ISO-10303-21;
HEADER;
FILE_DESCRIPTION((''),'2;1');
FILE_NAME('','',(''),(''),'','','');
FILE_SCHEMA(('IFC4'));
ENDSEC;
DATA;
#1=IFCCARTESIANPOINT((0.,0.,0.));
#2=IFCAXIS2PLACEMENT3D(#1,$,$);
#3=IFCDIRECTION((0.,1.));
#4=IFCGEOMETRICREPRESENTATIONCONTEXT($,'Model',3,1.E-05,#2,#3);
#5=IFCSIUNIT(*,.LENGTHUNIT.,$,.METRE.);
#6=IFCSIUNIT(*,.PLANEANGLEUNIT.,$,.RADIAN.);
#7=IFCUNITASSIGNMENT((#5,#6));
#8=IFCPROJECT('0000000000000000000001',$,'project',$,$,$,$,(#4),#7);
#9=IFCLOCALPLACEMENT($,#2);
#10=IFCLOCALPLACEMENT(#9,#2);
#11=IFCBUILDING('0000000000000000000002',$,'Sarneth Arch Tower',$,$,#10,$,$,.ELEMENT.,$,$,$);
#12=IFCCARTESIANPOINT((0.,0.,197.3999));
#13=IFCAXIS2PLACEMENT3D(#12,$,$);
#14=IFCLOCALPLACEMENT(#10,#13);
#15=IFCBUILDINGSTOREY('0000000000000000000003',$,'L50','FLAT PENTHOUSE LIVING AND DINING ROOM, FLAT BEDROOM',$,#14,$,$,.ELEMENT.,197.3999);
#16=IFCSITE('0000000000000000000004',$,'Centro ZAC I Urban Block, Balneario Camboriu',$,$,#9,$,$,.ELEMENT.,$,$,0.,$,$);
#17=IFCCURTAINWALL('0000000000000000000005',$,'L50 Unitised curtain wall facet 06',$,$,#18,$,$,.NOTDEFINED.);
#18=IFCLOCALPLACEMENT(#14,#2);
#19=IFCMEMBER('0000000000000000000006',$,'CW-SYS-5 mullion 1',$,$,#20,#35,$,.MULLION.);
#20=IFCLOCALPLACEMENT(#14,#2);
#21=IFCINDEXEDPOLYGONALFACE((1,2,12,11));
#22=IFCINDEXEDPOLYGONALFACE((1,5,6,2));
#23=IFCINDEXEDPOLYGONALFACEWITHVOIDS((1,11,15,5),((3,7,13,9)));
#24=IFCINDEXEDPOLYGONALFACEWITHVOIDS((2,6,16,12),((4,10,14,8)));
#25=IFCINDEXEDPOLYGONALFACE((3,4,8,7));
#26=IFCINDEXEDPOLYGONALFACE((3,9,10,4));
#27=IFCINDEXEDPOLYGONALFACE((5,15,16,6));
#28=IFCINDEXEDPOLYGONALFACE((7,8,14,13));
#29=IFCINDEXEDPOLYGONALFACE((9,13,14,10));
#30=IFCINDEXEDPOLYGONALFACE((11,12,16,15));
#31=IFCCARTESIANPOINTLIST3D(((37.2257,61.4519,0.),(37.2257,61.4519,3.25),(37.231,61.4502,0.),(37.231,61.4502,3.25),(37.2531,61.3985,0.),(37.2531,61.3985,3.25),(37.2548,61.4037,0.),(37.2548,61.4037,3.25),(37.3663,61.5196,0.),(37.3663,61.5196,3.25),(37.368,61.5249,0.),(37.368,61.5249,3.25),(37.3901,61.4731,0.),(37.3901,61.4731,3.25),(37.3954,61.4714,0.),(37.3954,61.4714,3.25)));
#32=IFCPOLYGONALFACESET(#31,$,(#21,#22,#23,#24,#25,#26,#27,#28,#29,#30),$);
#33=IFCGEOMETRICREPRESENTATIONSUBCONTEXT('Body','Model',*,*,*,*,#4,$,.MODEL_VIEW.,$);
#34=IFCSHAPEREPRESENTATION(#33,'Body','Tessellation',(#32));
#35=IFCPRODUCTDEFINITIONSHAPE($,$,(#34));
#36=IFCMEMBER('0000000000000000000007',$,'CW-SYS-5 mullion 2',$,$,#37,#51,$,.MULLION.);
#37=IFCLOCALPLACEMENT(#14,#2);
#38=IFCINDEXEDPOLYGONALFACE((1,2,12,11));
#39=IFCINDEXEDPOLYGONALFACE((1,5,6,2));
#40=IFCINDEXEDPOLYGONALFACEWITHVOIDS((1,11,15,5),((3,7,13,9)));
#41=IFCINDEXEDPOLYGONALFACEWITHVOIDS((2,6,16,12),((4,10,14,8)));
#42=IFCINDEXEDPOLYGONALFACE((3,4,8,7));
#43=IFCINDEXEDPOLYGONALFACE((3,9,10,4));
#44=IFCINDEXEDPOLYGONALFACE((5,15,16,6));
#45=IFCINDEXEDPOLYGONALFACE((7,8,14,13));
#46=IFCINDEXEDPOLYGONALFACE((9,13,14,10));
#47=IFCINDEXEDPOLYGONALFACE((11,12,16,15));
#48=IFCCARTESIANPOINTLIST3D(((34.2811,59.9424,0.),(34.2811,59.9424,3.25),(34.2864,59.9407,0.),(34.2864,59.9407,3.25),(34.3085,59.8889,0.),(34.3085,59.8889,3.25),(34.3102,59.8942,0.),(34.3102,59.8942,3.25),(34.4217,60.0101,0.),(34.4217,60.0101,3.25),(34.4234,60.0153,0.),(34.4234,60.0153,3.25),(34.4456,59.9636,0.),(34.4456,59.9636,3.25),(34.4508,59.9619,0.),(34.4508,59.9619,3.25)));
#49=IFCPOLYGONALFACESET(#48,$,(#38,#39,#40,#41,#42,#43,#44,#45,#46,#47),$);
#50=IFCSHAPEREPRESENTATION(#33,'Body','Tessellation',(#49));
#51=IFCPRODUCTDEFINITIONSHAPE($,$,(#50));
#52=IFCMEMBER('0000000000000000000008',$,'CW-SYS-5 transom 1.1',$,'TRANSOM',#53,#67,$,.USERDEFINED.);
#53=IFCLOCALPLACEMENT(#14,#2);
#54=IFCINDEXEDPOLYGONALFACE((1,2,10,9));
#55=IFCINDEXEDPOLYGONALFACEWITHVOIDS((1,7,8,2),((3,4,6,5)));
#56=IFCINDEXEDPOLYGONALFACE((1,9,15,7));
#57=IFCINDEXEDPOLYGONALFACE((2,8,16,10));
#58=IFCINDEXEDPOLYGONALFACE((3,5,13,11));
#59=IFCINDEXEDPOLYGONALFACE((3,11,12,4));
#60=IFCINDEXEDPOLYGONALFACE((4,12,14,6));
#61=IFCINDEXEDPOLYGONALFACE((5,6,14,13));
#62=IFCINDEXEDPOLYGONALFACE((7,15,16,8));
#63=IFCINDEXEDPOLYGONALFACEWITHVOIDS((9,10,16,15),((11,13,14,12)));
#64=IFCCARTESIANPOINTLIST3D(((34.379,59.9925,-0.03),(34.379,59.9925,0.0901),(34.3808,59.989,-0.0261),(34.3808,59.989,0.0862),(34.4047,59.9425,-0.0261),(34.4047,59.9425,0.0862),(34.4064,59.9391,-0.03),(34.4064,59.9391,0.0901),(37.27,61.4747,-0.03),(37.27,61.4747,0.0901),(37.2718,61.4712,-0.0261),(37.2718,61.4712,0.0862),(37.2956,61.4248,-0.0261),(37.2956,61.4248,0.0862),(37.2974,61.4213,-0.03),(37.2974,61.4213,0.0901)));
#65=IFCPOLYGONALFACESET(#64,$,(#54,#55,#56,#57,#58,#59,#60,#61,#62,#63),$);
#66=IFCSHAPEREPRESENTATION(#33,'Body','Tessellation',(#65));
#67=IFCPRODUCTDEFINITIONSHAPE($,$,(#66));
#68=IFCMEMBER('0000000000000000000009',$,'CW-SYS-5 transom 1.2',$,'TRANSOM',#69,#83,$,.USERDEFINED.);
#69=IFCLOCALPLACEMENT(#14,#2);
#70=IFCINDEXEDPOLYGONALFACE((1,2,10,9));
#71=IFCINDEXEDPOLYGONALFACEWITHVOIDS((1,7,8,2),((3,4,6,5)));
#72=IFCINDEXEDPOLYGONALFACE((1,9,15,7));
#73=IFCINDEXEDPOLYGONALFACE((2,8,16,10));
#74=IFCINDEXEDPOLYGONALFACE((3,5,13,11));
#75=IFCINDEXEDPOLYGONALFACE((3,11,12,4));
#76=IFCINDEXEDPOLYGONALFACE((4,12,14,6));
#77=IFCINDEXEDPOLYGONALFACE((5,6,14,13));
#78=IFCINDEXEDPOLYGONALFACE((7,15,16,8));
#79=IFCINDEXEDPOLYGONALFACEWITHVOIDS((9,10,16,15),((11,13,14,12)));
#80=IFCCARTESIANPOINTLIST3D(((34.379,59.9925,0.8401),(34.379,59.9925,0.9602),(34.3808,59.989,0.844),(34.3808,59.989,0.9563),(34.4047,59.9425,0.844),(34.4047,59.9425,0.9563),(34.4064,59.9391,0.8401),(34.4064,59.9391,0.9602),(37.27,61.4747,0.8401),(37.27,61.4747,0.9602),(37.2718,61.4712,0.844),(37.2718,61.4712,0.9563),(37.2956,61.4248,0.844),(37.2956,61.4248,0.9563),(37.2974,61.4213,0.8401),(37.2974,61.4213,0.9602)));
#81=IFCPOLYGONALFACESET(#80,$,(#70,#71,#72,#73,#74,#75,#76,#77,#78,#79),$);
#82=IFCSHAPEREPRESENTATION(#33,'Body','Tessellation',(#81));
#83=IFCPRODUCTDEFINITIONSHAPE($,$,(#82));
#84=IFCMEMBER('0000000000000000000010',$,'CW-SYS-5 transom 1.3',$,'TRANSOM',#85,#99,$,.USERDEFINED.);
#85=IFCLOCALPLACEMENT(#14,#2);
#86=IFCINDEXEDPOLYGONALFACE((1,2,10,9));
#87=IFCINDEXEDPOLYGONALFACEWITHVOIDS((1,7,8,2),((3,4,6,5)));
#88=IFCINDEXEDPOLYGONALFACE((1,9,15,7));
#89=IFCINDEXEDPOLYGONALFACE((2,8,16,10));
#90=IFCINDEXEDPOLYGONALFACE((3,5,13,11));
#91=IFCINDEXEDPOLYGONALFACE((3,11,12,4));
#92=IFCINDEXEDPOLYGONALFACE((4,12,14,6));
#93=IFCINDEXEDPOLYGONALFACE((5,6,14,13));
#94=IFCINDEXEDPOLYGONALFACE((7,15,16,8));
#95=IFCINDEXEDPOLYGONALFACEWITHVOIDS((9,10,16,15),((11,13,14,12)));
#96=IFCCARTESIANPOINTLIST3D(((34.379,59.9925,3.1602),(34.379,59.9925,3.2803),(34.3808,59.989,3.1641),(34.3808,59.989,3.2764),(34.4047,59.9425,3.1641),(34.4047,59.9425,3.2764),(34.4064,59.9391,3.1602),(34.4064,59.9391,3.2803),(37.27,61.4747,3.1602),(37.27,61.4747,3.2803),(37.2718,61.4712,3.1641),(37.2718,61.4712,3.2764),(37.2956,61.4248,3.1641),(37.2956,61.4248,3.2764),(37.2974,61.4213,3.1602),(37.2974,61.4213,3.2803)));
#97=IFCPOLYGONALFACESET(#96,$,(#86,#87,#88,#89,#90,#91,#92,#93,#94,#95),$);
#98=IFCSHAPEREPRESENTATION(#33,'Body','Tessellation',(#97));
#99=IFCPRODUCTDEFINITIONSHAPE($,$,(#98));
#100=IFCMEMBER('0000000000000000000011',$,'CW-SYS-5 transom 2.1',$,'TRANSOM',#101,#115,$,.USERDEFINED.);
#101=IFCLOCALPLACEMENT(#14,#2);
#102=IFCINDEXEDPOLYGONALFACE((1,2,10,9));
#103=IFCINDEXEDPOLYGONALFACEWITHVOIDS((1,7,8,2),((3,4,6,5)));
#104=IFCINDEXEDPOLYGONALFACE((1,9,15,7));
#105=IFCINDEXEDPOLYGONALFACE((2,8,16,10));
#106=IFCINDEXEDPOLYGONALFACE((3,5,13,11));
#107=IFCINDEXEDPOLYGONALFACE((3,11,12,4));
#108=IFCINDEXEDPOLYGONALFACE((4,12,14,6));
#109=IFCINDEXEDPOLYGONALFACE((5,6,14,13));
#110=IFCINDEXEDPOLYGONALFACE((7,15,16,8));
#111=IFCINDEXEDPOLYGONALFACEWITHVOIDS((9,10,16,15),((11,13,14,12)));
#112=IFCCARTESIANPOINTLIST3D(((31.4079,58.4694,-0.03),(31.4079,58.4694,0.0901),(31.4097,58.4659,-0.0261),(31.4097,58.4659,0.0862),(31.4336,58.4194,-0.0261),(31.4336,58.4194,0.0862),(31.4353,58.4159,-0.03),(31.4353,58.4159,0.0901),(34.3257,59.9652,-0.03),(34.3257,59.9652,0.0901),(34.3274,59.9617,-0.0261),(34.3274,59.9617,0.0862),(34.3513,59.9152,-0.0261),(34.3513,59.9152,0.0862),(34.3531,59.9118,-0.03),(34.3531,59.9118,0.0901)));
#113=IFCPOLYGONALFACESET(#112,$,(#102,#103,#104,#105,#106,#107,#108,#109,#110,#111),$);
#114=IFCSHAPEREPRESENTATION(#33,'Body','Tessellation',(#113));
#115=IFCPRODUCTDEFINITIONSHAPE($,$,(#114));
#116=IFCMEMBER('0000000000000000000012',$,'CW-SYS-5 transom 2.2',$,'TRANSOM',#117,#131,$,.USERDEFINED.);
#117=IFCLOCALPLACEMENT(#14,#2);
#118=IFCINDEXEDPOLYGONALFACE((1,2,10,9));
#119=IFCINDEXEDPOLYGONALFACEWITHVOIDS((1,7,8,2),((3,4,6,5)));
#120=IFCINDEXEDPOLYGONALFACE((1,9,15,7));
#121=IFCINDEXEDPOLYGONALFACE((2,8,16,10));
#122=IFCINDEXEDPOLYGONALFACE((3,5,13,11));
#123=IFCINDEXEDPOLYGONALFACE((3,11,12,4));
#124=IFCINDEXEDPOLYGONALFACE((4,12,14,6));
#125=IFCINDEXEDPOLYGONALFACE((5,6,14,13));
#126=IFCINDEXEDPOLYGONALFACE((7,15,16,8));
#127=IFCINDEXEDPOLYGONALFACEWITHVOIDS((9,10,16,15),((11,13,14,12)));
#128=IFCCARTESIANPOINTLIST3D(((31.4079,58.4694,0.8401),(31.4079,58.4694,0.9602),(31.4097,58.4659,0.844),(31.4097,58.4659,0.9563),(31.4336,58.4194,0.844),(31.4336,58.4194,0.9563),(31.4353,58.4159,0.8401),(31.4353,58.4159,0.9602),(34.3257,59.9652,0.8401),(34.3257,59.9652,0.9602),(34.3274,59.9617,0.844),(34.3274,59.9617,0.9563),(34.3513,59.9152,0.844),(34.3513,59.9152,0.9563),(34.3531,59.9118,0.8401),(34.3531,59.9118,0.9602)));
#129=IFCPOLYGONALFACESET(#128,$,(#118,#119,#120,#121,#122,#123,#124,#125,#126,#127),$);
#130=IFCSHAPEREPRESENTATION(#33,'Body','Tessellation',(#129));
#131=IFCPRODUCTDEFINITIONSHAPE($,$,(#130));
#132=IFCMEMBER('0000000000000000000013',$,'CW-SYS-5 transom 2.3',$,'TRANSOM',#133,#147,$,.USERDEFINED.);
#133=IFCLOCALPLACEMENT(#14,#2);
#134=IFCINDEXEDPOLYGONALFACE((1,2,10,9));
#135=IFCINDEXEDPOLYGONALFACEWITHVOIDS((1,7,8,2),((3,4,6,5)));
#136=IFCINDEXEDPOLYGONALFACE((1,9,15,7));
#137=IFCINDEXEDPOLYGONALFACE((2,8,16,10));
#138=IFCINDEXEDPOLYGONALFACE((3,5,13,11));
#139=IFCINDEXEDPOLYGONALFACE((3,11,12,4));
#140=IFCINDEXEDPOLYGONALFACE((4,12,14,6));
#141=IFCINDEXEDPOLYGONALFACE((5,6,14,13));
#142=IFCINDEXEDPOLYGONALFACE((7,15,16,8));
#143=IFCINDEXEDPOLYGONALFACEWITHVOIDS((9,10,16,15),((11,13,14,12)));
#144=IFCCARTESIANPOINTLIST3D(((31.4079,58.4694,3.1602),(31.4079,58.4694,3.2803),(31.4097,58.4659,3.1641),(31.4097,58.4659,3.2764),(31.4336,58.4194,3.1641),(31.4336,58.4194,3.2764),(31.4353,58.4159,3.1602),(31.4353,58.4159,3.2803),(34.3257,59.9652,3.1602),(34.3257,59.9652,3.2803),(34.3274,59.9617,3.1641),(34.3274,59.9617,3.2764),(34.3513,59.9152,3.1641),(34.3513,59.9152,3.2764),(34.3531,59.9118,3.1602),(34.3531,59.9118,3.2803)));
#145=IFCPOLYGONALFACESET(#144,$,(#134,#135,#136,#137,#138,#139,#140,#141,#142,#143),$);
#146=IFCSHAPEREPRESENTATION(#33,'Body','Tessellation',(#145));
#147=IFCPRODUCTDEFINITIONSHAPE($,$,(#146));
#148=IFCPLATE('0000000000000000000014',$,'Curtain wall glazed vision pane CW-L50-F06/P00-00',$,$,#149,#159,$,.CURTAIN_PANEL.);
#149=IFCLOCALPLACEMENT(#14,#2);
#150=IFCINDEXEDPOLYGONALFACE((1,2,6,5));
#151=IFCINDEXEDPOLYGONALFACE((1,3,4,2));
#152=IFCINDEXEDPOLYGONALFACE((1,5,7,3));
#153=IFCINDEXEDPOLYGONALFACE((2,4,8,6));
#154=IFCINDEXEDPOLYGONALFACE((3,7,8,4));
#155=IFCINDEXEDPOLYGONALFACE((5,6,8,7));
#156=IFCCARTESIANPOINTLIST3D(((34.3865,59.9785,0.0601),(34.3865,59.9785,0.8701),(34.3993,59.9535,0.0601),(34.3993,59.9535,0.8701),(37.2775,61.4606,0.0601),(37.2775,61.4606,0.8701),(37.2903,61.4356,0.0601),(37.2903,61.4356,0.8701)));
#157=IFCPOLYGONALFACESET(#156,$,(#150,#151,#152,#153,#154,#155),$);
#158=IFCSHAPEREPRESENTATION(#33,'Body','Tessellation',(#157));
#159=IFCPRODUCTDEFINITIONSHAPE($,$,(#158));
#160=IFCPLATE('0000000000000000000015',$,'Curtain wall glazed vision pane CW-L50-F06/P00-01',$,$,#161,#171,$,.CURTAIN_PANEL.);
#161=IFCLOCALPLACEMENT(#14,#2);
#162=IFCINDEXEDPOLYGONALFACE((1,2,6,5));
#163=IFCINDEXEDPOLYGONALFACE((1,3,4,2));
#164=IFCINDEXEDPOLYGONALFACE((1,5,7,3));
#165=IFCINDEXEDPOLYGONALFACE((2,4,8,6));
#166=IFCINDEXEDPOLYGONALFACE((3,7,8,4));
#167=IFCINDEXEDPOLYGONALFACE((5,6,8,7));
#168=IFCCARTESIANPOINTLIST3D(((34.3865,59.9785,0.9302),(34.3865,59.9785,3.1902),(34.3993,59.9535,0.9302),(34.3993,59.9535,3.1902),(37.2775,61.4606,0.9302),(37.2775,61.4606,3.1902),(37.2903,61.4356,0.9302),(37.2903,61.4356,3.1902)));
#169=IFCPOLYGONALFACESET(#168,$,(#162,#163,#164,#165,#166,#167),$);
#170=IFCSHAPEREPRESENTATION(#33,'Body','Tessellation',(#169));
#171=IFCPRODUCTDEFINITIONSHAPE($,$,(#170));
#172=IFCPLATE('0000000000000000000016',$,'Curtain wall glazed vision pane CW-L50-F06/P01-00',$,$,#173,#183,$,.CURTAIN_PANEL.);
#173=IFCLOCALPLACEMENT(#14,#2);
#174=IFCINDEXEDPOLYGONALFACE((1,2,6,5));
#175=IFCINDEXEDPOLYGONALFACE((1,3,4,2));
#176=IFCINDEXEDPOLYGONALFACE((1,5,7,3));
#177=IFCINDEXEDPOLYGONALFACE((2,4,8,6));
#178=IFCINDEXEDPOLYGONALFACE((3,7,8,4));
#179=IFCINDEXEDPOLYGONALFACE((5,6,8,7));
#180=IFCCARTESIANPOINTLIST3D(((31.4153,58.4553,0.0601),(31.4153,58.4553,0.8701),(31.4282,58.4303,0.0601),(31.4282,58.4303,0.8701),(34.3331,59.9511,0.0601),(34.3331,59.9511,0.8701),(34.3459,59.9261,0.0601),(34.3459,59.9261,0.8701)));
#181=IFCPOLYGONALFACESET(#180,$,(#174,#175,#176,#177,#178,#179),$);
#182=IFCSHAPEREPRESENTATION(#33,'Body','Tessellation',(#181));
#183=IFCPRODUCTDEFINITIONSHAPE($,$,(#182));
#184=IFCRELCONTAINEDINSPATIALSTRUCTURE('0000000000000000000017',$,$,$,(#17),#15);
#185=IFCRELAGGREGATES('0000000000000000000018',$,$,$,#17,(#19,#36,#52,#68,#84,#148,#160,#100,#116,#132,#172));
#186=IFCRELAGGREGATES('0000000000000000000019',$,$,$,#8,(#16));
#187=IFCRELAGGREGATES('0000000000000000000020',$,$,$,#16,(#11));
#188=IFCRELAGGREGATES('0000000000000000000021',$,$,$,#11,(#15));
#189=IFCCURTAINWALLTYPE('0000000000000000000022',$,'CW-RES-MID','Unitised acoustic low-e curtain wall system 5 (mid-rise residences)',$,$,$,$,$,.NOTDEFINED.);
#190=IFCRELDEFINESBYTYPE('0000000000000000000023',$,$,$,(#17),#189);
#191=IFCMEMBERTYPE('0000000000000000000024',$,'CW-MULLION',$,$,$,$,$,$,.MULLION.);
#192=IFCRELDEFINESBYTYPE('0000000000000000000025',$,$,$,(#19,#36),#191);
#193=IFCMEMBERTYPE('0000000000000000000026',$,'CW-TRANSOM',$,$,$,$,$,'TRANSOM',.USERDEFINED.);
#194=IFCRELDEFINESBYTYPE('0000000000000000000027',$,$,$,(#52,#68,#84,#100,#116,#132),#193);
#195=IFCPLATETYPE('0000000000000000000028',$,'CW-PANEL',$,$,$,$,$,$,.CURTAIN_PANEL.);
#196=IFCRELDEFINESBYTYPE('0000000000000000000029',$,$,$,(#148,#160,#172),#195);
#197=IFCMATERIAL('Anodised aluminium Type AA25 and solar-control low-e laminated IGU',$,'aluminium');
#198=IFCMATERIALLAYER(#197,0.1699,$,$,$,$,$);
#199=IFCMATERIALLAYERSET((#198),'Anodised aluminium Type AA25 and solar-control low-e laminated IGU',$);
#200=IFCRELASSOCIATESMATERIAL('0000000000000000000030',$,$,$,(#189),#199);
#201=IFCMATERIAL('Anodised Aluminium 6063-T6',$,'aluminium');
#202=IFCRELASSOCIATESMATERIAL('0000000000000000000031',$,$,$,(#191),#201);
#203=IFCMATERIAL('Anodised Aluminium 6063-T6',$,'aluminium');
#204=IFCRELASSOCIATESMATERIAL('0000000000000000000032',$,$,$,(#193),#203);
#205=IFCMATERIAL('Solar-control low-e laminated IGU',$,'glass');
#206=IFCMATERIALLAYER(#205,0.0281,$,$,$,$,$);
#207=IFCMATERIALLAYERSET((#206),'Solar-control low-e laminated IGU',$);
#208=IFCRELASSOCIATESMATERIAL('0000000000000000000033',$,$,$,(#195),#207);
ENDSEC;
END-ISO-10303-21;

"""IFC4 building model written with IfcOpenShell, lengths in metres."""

from ifc_helpers import new_model, si_unit, direction, frame, origin, origin_2d, place, context, subcontext, project, spatial, rectangle, hollow_rectangle, extrude, material, layer, layer_set, material_profile, profile_set, type_object, element, aggregate, save


model = new_model("IFC4")

# Units and contexts
model_context = context("Model", 3, precision=1e-05, world=origin(), true_north=direction((0.0, 1.0)))
body_context = subcontext(model_context, "Body", "Model", "MODEL_VIEW")
ifc_project = project(units=[si_unit("LENGTHUNIT", "METRE"), si_unit("PLANEANGLEUNIT", "RADIAN")], contexts=[model_context])

# Site, building, storey
site_placement = place(None, origin())
site = spatial("IfcSite", under=ifc_project, at=site_placement, Name="Centro ZAC I Urban Block, Balneario Camboriu", CompositionType="ELEMENT", RefElevation=0.0)
building_placement = place(site_placement, origin())
building = spatial("IfcBuilding", under=site, at=building_placement, Name="Sarneth Arch Tower", CompositionType="ELEMENT")
storey_placement = place(building_placement, frame((0.0, 0.0, 197.3999)))
storey = spatial("IfcBuildingStorey", under=building, at=storey_placement, Name="L50", Description="FLAT PENTHOUSE LIVING AND DINING ROOM, FLAT BEDROOM", CompositionType="ELEMENT", Elevation=197.3999)

# Curtain wall, members, plates
ifc_material_1 = material(Name="Anodised aluminium Type AA25 and solar-control low-e laminated IGU", Category="aluminium")
ifc_layer_1 = layer(ifc_material_1, 0.1699)
ifc_layer_set_1 = layer_set([ifc_layer_1], Name="Anodised aluminium Type AA25 and solar-control low-e laminated IGU")
curtain_wall_type = type_object("IfcCurtainWallType", Name="CW-RES-MID", Description="Unitised acoustic low-e curtain wall system 5 (mid-rise residences)", PredefinedType="NOTDEFINED", material=ifc_layer_set_1)
curtain_wall_placement = place(storey_placement, origin())
curtain_wall = element("IfcCurtainWall", 1, at=curtain_wall_placement, inside=storey, type_object=curtain_wall_type, Name="L50 Unitised curtain wall facet 06", PredefinedType="NOTDEFINED")
ifc_material_2 = material(Name="Anodised Aluminium 6063-T6", Category="aluminium")
ifc_material_profile_1 = material_profile(ifc_material_2, hollow_rectangle(XDim=0.0601, YDim=0.1599, WallThickness=0.0039, at=origin_2d()), Name="AL-MULL-160x60x4")
ifc_profile_set_1 = profile_set([ifc_material_profile_1], Name="Anodised Aluminium 6063-T6")
member_type_1 = type_object("IfcMemberType", Name="CW-MULLION", PredefinedType="MULLION", material=ifc_profile_set_1)
member_1_placement = place(storey_placement, frame((37.3105, 61.4617, 0.0), z_axis=(0.0, 0.0, 1.0), x_axis=(0.456208, -0.889873, 0.0)))
member_1 = element("IfcMember", 2, at=member_1_placement, type_object=member_type_1, Name="CW-SYS-5 mullion 1", PredefinedType="MULLION", context=body_context, shape_type="SweptSolid", body=[
    extrude(hollow_rectangle(XDim=0.0601, YDim=0.1599, WallThickness=0.0039, at=origin_2d()), origin(), (0.0, 0.0, 1.0), 3.25),
])
member_2_placement = place(storey_placement, frame((34.366, 59.9521, 0.0), z_axis=(0.0, 0.0, 1.0), x_axis=(0.456208, -0.889873, 0.0)))
member_2 = element("IfcMember", 3, at=member_2_placement, type_object=member_type_1, Name="CW-SYS-5 mullion 2", PredefinedType="MULLION", context=body_context, shape_type="SweptSolid", body=[
    extrude(hollow_rectangle(XDim=0.0601, YDim=0.1599, WallThickness=0.0039, at=origin_2d()), origin(), (0.0, 0.0, 1.0), 3.25),
])
ifc_material_3 = material(Name="Anodised Aluminium 6063-T6", Category="aluminium")
ifc_material_profile_2 = material_profile(ifc_material_3, hollow_rectangle(XDim=0.0601, YDim=0.1201, WallThickness=0.0039, at=origin_2d()), Name="AL-TRAN-120x60x4")
ifc_profile_set_2 = profile_set([ifc_material_profile_2], Name="Anodised Aluminium 6063-T6")
member_type_2 = type_object("IfcMemberType", Name="CW-TRANSOM", ElementType="TRANSOM", PredefinedType="USERDEFINED", material=ifc_profile_set_2)
member_3_placement = place(storey_placement, frame((37.2837, 61.448, 0.03), z_axis=(-0.889857, -0.456239, 0.0), x_axis=(0.456239, -0.889857, 0.0)))
member_3 = element("IfcMember", 4, at=member_3_placement, type_object=member_type_2, Name="CW-SYS-5 transom 1.1", ObjectType="TRANSOM", PredefinedType="USERDEFINED", context=body_context, shape_type="SweptSolid", body=[
    extrude(hollow_rectangle(XDim=0.0601, YDim=0.1201, WallThickness=0.0039, at=origin_2d()), origin(), (0.0, 0.0, 1.0), 3.2488),
])
member_4_placement = place(storey_placement, frame((37.2837, 61.448, 0.9001), z_axis=(-0.889857, -0.456239, 0.0), x_axis=(0.456239, -0.889857, 0.0)))
member_4 = element("IfcMember", 5, at=member_4_placement, type_object=member_type_2, Name="CW-SYS-5 transom 1.2", ObjectType="TRANSOM", PredefinedType="USERDEFINED", context=body_context, shape_type="SweptSolid", body=[
    extrude(hollow_rectangle(XDim=0.0601, YDim=0.1201, WallThickness=0.0039, at=origin_2d()), origin(), (0.0, 0.0, 1.0), 3.2488),
])
member_5_placement = place(storey_placement, frame((37.2837, 61.448, 3.2202), z_axis=(-0.889857, -0.456239, 0.0), x_axis=(0.456239, -0.889857, 0.0)))
member_5 = element("IfcMember", 6, at=member_5_placement, type_object=member_type_2, Name="CW-SYS-5 transom 1.3", ObjectType="TRANSOM", PredefinedType="USERDEFINED", context=body_context, shape_type="SweptSolid", body=[
    extrude(hollow_rectangle(XDim=0.0601, YDim=0.1201, WallThickness=0.0039, at=origin_2d()), origin(), (0.0, 0.0, 1.0), 3.2488),
])
member_6_placement = place(storey_placement, frame((34.3394, 59.9385, 0.03), z_axis=(-0.889869, -0.456215, 0.0), x_axis=(0.456215, -0.889869, 0.0)))
member_6 = element("IfcMember", 7, at=member_6_placement, type_object=member_type_2, Name="CW-SYS-5 transom 2.1", ObjectType="TRANSOM", PredefinedType="USERDEFINED", context=body_context, shape_type="SweptSolid", body=[
    extrude(hollow_rectangle(XDim=0.0601, YDim=0.1201, WallThickness=0.0039, at=origin_2d()), origin(), (0.0, 0.0, 1.0), 3.2788),
])
member_7_placement = place(storey_placement, frame((34.3394, 59.9385, 0.9001), z_axis=(-0.889869, -0.456215, 0.0), x_axis=(0.456215, -0.889869, 0.0)))
member_7 = element("IfcMember", 8, at=member_7_placement, type_object=member_type_2, Name="CW-SYS-5 transom 2.2", ObjectType="TRANSOM", PredefinedType="USERDEFINED", context=body_context, shape_type="SweptSolid", body=[
    extrude(hollow_rectangle(XDim=0.0601, YDim=0.1201, WallThickness=0.0039, at=origin_2d()), origin(), (0.0, 0.0, 1.0), 3.2788),
])
member_8_placement = place(storey_placement, frame((34.3394, 59.9385, 3.2202), z_axis=(-0.889869, -0.456215, 0.0), x_axis=(0.456215, -0.889869, 0.0)))
member_8 = element("IfcMember", 9, at=member_8_placement, type_object=member_type_2, Name="CW-SYS-5 transom 2.3", ObjectType="TRANSOM", PredefinedType="USERDEFINED", context=body_context, shape_type="SweptSolid", body=[
    extrude(hollow_rectangle(XDim=0.0601, YDim=0.1201, WallThickness=0.0039, at=origin_2d()), origin(), (0.0, 0.0, 1.0), 3.2788),
])
ifc_material_4 = material(Name="Solar-control low-e laminated IGU", Category="glass")
ifc_layer_2 = layer(ifc_material_4, 0.0281)
ifc_layer_set_2 = layer_set([ifc_layer_2], Name="Solar-control low-e laminated IGU")
plate_type_1 = type_object("IfcPlateType", Name="CW-PANEL", PredefinedType="CURTAIN_PANEL", material=ifc_layer_set_2)
plate_1_placement = place(storey_placement, frame((35.8384, 60.707, 0.0601), z_axis=(0.0, 0.0, 1.0), x_axis=(-0.889873, -0.456208, 0.0)))
plate_1 = element("IfcPlate", 10, at=plate_1_placement, type_object=plate_type_1, Name="Curtain wall glazed vision pane CW-L50-F06/P00-00", PredefinedType="CURTAIN_PANEL", context=body_context, shape_type="SweptSolid", body=[
    extrude(rectangle(XDim=3.2488, YDim=0.0281, at=origin_2d()), origin(), (0.0, 0.0, 1.0), 0.8101),
])
plate_2_placement = place(storey_placement, frame((35.8384, 60.707, 0.9302), z_axis=(0.0, 0.0, 1.0), x_axis=(-0.889873, -0.456208, 0.0)))
plate_2 = element("IfcPlate", 11, at=plate_2_placement, type_object=plate_type_1, Name="Curtain wall glazed vision pane CW-L50-F06/P00-01", PredefinedType="CURTAIN_PANEL", context=body_context, shape_type="SweptSolid", body=[
    extrude(rectangle(XDim=3.2488, YDim=0.0281, at=origin_2d()), origin(), (0.0, 0.0, 1.0), 2.26),
])
plate_3_placement = place(storey_placement, frame((32.8806, 59.1907, 0.0601), z_axis=(0.0, 0.0, 1.0), x_axis=(-0.889873, -0.456208, 0.0)))
plate_3 = element("IfcPlate", 12, at=plate_3_placement, type_object=plate_type_1, Name="Curtain wall glazed vision pane CW-L50-F06/P01-00", PredefinedType="CURTAIN_PANEL", context=body_context, shape_type="SweptSolid", body=[
    extrude(rectangle(XDim=3.2788, YDim=0.0281, at=origin_2d()), origin(), (0.0, 0.0, 1.0), 0.8101),
])
aggregate(curtain_wall, [member_1, member_2, member_3, member_4, member_5, plate_1, plate_2, member_6, member_7, member_8, plate_3])

save(model, "model.ifc")
